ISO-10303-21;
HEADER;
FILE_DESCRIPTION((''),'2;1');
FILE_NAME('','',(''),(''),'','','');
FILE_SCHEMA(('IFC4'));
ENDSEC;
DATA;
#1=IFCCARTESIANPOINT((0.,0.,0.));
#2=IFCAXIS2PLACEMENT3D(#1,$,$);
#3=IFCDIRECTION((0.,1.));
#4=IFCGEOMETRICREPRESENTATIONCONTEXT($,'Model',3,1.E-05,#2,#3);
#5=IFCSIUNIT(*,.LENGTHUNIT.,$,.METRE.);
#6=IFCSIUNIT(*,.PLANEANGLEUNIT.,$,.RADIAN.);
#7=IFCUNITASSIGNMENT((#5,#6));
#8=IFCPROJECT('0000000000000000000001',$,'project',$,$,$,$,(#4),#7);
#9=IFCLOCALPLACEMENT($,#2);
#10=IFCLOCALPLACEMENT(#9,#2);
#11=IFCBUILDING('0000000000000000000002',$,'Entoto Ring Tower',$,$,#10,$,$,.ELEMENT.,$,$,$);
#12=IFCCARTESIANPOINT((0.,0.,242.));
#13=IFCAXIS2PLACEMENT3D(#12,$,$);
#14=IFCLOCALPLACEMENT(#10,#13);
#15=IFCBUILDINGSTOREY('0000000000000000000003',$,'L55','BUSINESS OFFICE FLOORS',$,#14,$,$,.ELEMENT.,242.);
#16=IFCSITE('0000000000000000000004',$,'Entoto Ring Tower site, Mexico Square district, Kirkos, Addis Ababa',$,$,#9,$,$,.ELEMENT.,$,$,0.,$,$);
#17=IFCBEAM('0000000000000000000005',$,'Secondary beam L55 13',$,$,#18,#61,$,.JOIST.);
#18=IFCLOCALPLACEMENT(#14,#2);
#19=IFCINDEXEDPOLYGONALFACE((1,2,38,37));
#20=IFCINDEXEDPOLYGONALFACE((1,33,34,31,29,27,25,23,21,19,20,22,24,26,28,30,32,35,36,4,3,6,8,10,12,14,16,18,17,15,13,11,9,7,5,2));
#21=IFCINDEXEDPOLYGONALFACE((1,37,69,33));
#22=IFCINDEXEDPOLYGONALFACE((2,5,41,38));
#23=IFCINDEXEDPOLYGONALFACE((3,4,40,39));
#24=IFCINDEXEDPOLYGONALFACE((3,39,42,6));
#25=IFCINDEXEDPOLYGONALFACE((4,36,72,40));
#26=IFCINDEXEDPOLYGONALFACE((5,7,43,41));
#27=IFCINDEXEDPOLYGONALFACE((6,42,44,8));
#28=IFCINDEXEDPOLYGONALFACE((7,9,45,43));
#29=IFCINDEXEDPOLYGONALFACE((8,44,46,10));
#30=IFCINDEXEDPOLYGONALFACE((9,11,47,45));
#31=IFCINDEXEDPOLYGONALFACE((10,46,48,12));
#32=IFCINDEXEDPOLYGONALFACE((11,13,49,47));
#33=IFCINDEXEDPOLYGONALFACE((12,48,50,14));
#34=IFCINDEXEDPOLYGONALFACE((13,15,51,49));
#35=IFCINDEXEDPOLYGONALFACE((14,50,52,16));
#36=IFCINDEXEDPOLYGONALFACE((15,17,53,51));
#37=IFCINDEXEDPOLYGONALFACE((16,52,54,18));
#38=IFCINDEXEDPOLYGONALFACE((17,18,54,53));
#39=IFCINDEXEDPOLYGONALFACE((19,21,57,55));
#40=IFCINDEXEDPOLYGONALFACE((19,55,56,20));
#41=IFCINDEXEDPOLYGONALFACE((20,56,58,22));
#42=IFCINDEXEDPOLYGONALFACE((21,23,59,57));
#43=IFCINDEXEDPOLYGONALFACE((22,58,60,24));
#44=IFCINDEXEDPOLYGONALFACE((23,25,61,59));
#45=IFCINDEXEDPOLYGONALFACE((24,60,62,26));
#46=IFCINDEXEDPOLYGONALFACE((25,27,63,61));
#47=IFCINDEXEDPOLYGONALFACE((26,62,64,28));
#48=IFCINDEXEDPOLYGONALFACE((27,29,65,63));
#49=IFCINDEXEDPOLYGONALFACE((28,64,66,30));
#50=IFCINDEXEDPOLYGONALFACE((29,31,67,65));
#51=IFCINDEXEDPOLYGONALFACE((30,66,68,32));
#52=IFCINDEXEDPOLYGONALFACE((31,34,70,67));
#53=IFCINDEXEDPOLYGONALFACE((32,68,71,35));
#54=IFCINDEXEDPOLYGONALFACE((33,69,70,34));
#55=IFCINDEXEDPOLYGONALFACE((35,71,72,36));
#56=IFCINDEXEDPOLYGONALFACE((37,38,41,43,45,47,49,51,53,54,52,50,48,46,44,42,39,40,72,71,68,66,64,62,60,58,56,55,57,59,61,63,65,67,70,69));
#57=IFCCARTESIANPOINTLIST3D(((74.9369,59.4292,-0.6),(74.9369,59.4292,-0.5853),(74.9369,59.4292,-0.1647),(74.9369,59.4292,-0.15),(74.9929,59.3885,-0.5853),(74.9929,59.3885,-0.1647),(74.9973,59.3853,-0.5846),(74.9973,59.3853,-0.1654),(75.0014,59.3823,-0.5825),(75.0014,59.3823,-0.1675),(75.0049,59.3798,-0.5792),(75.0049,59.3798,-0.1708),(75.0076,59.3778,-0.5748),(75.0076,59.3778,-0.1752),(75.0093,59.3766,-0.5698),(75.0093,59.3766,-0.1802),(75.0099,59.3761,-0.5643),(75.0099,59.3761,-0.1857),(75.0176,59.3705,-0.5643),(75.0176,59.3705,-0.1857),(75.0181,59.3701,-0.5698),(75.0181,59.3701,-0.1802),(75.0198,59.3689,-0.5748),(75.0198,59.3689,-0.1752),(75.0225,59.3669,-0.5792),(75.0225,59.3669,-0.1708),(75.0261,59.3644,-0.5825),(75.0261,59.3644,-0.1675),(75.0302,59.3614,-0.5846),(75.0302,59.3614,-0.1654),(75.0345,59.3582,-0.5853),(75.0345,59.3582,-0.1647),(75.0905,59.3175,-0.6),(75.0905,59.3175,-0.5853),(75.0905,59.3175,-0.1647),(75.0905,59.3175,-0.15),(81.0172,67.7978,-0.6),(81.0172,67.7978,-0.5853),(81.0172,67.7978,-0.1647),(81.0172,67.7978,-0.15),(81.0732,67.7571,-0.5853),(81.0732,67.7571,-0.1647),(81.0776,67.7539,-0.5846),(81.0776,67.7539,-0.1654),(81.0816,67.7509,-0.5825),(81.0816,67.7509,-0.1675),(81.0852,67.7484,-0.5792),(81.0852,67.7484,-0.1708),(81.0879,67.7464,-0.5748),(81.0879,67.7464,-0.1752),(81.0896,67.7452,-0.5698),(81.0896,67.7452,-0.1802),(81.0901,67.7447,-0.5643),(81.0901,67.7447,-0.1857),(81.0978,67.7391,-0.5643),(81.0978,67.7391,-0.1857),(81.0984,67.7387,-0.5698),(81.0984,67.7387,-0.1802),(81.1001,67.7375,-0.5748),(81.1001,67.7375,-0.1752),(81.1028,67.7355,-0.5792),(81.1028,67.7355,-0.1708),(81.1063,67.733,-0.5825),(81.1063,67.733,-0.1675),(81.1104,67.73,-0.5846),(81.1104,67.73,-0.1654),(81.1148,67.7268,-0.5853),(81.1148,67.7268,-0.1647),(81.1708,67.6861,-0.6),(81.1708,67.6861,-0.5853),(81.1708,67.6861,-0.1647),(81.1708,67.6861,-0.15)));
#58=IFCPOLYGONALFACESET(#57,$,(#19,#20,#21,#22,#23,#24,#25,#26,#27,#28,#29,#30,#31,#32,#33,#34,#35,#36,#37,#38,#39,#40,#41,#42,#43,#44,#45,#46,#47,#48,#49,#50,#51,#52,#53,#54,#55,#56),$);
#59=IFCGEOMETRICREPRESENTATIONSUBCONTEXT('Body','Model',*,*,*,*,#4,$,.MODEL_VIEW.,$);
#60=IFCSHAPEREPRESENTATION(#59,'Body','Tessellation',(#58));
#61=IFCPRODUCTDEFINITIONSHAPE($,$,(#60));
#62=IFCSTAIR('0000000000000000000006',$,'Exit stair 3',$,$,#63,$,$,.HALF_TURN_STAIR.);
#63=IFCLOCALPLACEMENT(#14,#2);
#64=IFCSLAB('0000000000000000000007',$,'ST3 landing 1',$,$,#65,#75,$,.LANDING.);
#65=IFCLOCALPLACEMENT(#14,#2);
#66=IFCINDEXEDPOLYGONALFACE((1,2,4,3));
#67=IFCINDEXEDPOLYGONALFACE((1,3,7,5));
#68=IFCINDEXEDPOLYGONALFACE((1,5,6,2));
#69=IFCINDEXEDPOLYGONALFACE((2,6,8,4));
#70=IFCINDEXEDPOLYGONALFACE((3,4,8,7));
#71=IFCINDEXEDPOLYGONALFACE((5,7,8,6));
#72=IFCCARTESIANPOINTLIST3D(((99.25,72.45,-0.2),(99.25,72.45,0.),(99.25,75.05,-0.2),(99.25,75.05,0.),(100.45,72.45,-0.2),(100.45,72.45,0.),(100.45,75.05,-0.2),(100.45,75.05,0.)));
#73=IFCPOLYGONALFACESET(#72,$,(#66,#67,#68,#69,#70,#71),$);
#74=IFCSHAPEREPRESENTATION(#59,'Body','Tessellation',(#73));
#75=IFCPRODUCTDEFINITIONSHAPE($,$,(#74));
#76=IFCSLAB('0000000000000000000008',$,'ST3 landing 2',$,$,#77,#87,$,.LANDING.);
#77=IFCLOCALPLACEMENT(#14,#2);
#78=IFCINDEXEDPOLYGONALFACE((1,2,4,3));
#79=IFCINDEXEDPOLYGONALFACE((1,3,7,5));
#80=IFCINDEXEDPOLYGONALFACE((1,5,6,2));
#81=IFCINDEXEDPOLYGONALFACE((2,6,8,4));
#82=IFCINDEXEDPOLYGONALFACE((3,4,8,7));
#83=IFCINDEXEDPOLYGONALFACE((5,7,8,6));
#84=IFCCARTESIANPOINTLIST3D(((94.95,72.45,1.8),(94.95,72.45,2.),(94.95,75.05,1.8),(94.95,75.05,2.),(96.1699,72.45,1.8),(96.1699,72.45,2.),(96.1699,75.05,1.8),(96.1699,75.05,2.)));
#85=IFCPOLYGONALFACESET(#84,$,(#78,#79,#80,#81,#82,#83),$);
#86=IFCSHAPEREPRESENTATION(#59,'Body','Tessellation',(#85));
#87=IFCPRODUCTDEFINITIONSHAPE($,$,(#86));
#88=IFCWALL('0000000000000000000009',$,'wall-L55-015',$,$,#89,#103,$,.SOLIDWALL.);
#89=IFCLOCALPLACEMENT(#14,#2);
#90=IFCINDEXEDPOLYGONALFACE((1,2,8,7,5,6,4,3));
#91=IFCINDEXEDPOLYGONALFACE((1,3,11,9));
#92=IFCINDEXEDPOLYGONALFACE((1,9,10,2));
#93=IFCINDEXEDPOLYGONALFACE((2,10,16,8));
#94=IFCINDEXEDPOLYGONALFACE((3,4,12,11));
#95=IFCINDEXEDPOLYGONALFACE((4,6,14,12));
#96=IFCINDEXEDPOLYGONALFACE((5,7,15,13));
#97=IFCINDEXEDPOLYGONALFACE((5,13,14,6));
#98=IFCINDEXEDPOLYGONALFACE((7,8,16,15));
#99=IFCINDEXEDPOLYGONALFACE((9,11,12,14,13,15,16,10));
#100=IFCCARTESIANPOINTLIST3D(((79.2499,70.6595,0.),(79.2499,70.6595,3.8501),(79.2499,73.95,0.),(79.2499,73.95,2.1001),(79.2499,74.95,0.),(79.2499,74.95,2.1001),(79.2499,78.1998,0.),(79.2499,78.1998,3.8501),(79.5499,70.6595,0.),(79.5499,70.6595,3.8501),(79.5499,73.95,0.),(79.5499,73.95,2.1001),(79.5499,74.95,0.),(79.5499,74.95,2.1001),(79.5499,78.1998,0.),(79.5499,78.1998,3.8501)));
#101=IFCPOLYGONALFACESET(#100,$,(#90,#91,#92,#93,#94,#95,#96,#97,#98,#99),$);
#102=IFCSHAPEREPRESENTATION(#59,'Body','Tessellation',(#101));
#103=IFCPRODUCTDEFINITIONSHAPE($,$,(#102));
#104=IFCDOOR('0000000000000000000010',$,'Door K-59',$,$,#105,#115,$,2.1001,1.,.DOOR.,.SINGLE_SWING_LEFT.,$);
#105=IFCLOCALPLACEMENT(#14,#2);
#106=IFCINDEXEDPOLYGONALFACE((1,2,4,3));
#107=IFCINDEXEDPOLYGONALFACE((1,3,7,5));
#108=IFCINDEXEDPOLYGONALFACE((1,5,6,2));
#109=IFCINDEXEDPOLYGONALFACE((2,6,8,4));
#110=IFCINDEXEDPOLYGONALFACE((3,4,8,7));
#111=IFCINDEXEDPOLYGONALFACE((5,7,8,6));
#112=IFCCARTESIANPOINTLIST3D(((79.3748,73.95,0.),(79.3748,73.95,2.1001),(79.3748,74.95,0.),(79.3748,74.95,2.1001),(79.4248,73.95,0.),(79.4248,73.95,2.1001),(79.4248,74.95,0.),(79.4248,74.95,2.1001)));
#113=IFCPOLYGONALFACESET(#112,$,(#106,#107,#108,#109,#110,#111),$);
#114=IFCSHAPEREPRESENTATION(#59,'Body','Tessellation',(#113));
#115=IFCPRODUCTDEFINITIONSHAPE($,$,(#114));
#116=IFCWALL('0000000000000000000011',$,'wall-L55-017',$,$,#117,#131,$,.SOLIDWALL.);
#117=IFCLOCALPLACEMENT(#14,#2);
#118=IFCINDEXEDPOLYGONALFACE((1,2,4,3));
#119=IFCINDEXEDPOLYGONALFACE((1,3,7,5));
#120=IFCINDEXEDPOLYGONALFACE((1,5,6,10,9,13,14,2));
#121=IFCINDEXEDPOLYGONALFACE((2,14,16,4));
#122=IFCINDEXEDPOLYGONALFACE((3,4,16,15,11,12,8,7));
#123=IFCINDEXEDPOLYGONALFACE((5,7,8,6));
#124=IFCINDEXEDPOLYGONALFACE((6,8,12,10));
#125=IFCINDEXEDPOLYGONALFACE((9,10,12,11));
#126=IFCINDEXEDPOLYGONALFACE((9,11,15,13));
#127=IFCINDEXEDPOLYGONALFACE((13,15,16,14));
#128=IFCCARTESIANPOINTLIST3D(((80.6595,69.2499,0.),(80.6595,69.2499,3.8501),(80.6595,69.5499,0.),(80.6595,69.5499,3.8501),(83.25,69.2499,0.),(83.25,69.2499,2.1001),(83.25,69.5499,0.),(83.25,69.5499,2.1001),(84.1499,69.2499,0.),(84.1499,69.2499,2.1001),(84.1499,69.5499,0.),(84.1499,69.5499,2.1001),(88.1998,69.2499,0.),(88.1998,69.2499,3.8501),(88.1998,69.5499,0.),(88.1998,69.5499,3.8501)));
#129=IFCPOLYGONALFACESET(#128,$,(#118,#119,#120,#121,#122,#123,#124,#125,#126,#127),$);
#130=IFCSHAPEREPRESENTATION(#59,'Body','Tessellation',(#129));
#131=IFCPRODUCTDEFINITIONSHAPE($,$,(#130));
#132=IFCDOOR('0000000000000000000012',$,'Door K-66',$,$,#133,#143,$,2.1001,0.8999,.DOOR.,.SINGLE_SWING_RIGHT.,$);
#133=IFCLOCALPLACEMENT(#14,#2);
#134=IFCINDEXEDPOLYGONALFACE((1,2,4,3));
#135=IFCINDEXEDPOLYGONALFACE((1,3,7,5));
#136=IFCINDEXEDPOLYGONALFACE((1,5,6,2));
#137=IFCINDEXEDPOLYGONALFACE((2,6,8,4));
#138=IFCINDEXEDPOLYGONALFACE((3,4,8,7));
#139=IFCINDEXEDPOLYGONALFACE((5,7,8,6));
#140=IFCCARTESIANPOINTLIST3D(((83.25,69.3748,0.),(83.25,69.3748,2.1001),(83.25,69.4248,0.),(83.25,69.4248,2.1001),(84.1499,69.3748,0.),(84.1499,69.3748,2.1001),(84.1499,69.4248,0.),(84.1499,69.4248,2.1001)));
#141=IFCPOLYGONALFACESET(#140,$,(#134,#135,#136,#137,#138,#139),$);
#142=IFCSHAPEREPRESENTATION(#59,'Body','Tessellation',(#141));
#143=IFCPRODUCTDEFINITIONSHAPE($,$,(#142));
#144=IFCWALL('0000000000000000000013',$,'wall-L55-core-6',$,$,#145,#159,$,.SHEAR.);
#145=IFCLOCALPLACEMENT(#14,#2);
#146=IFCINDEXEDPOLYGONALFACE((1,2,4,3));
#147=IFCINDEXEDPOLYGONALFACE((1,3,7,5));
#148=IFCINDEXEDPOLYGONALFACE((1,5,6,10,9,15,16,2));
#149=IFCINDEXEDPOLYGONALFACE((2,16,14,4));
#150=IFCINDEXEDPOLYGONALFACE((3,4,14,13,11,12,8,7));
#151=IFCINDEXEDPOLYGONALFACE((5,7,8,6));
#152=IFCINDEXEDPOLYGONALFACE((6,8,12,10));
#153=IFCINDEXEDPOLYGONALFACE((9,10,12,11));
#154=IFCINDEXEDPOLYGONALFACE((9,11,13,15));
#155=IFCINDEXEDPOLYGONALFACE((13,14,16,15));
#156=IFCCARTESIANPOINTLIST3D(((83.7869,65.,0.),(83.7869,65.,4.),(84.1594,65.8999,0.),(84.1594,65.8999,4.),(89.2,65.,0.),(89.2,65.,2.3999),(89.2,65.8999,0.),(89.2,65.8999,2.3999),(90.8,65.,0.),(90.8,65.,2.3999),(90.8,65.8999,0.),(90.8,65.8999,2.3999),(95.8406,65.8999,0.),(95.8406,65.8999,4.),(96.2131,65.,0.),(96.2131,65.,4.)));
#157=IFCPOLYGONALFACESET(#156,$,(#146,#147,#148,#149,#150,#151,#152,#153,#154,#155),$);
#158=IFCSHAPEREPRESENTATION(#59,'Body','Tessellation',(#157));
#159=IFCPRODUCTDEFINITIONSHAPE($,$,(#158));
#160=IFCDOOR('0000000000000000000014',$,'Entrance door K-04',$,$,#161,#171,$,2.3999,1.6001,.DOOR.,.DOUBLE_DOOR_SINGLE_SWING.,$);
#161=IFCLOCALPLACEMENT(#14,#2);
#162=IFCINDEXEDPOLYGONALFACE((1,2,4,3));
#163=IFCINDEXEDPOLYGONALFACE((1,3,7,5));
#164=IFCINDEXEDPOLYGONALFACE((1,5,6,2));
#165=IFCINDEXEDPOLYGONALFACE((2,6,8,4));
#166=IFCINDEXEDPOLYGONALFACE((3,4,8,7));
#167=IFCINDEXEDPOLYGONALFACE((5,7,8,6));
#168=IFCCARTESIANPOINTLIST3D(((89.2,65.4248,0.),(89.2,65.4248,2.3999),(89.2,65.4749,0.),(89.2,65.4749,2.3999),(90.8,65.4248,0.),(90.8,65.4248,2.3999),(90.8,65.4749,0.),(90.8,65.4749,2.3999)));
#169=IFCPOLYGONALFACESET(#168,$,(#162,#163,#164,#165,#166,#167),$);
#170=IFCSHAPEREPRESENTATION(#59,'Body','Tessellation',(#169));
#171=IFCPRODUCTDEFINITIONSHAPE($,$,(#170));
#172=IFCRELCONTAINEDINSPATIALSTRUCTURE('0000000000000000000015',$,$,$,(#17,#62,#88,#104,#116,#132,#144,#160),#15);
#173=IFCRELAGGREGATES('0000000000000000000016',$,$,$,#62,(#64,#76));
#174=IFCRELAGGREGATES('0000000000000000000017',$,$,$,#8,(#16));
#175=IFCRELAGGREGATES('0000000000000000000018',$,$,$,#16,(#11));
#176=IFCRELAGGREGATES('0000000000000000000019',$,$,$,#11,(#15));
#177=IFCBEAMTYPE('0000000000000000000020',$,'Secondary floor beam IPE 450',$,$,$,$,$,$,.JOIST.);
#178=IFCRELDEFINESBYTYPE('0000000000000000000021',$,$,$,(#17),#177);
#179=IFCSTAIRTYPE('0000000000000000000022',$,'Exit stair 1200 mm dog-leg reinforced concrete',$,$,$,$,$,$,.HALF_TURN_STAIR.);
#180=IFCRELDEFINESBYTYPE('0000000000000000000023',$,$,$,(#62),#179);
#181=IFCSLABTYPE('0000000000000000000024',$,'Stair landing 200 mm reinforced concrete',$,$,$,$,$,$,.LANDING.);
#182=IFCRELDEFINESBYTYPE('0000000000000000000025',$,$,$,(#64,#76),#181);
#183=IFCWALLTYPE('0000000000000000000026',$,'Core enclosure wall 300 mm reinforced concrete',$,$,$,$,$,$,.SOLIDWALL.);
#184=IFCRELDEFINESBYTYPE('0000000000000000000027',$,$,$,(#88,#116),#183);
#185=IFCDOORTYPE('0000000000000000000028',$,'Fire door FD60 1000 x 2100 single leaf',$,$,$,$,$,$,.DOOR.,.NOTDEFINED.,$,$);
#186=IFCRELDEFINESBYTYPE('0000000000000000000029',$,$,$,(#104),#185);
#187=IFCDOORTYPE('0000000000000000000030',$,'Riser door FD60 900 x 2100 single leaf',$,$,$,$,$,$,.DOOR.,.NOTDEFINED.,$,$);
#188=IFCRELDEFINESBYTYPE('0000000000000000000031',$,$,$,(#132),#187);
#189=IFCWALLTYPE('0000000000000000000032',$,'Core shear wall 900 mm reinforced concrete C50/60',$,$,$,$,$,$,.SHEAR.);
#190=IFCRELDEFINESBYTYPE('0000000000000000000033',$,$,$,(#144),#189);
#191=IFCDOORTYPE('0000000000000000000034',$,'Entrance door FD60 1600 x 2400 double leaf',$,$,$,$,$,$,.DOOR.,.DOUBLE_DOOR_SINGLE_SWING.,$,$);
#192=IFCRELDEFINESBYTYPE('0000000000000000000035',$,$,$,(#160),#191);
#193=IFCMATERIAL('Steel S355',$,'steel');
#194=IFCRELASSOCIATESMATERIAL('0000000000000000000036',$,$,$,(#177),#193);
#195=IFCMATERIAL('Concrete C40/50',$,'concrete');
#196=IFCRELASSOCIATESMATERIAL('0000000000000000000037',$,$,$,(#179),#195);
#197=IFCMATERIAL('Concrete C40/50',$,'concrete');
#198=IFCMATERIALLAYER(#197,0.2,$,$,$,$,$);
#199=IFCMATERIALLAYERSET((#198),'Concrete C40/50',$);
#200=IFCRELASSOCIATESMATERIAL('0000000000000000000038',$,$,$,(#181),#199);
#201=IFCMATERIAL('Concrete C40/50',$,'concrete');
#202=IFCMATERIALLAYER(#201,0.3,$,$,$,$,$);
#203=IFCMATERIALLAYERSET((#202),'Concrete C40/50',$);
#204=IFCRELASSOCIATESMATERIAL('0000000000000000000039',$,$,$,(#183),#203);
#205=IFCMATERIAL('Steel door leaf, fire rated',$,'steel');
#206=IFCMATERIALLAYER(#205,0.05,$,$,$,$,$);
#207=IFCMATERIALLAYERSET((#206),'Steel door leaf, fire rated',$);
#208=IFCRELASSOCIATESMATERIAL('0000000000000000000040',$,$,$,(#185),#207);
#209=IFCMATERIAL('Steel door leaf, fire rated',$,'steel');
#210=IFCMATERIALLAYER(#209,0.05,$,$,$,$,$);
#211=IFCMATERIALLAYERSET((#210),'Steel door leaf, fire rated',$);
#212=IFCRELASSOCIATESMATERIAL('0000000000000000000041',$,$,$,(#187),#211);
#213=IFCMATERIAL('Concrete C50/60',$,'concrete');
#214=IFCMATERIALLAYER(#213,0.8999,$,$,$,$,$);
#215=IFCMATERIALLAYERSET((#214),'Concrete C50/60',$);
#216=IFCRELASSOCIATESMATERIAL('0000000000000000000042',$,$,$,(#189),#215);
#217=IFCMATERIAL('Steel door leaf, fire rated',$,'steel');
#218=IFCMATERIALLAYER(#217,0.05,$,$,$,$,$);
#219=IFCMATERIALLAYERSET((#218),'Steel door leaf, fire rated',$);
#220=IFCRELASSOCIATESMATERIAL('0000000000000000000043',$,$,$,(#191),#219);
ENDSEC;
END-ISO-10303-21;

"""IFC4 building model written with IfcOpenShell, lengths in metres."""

from ifc_helpers import new_model, si_unit, direction, frame, frame_2d, origin, origin_2d, place, context, subcontext, project, spatial, polyline, rectangle, i_section, outline, extrude, material, layer, layer_set, material_profile, profile_set, type_object, element, fill, aggregate, save


model = new_model("IFC4")

# Units and contexts
model_context = context("Model", 3, precision=1e-05, world=origin(), true_north=direction((0.0, 1.0)))
body_context = subcontext(model_context, "Body", "Model", "MODEL_VIEW")
ifc_project = project(units=[si_unit("LENGTHUNIT", "METRE"), si_unit("PLANEANGLEUNIT", "RADIAN")], contexts=[model_context])

# Site, building, storey
site_placement = place(None, origin())
site = spatial("IfcSite", under=ifc_project, at=site_placement, Name="Entoto Ring Tower site, Mexico Square district, Kirkos, Addis Ababa", CompositionType="ELEMENT", RefElevation=0.0)
building_placement = place(site_placement, origin())
building = spatial("IfcBuilding", under=site, at=building_placement, Name="Entoto Ring Tower", CompositionType="ELEMENT")
storey_placement = place(building_placement, frame((0.0, 0.0, 242.0)))
storey = spatial("IfcBuildingStorey", under=building, at=storey_placement, Name="L55", Description="BUSINESS OFFICE FLOORS", CompositionType="ELEMENT", Elevation=242.0)

# Beam
ifc_material_1 = material(Name="Steel S355", Category="steel")
ifc_material_profile_1 = material_profile(ifc_material_1, i_section(OverallWidth=0.1899, OverallDepth=0.45, WebThickness=0.0095, FlangeThickness=0.0146, FilletRadius=0.021, at=origin_2d()), Name="IPE 450")
ifc_profile_set_1 = profile_set([ifc_material_profile_1], Name="Steel S355")
beam_type_1 = type_object("IfcBeamType", Name="Secondary floor beam IPE 450", PredefinedType="JOIST", material=ifc_profile_set_1)
for number, where, z_axis, x_axis, name in (
    (1, (81.094, 67.7419, -0.375), (-0.587794, -0.809011, 0.0), (0.809011, -0.587794, 0.0), "Secondary beam L55 13"),
):
    element("IfcBeam", number, at=place(storey_placement, frame(where, z_axis=z_axis, x_axis=x_axis)), inside=storey, type_object=beam_type_1, Name=name, PredefinedType="JOIST", context=body_context, shape_type="SweptSolid", body=[
        extrude(i_section(OverallWidth=0.1899, OverallDepth=0.45, WebThickness=0.0095, FlangeThickness=0.0146, FilletRadius=0.021, at=origin_2d()), origin(), (0.0, 0.0, 1.0), 10.3442),
    ])

# Stair, slabs
ifc_material_2 = material(Name="Concrete C40/50", Category="concrete")
stair_type = type_object("IfcStairType", Name="Exit stair 1200 mm dog-leg reinforced concrete", PredefinedType="HALF_TURN_STAIR", material=ifc_material_2)
stair_placement = place(storey_placement, origin())
stair = element("IfcStair", 2, at=stair_placement, inside=storey, type_object=stair_type, Name="Exit stair 3", PredefinedType="HALF_TURN_STAIR")
ifc_material_3 = material(Name="Concrete C40/50", Category="concrete")
ifc_layer_1 = layer(ifc_material_3, 0.2)
ifc_layer_set_1 = layer_set([ifc_layer_1], Name="Concrete C40/50")
slab_type_1 = type_object("IfcSlabType", Name="Stair landing 200 mm reinforced concrete", PredefinedType="LANDING", material=ifc_layer_set_1)
slab_1_placement = place(storey_placement, frame((0.0, 0.0, -0.2)))
slab_1 = element("IfcSlab", 3, at=slab_1_placement, type_object=slab_type_1, Name="ST3 landing 1", PredefinedType="LANDING", context=body_context, shape_type="SweptSolid", body=[
    extrude(outline(polyline([(100.45, 72.45), (100.45, 75.05), (99.25, 75.05), (99.25, 72.45), (100.45, 72.45)])), origin(), (0.0, 0.0, 1.0), 0.2),
])
slab_2_placement = place(storey_placement, frame((0.0, 0.0, 1.8)))
slab_2 = element("IfcSlab", 4, at=slab_2_placement, type_object=slab_type_1, Name="ST3 landing 2", PredefinedType="LANDING", context=body_context, shape_type="SweptSolid", body=[
    extrude(outline(polyline([(94.95, 72.45), (96.1699, 72.45), (96.1699, 75.05), (94.95, 75.05), (94.95, 72.45)])), origin(), (0.0, 0.0, 1.0), 0.2),
])
aggregate(stair, [slab_1, slab_2])

# Walls, openings, doors
ifc_material_4 = material(Name="Concrete C40/50", Category="concrete")
ifc_layer_2 = layer(ifc_material_4, 0.3)
ifc_layer_set_2 = layer_set([ifc_layer_2], Name="Concrete C40/50")
wall_type_1 = type_object("IfcWallType", Name="Core enclosure wall 300 mm reinforced concrete", PredefinedType="SOLIDWALL", material=ifc_layer_set_2)
wall_1_placement = place(storey_placement, frame((79.3999, 70.6597, 0.0), z_axis=(0.0, 0.0, 1.0), x_axis=(0.0, 1.0, 0.0)))
wall_1 = element("IfcWall", 5, at=wall_1_placement, inside=storey, type_object=wall_type_1, Name="wall-L55-015", PredefinedType="SOLIDWALL", context=body_context, shape_type="SweptSolid", body=[
    extrude(rectangle(XDim=7.5403, YDim=0.3, at=frame_2d((3.77, 0.0))), origin(), (0.0, 0.0, 1.0), 3.8501),
])
opening_1_placement = place(wall_1_placement, frame((3.2903, 0.0, 0.0)))
opening_1 = element("IfcOpeningElement", 6, at=opening_1_placement, cuts=wall_1, PredefinedType="OPENING", context=body_context, shape_type="SweptSolid", body=[
    extrude(rectangle(XDim=1.0, YDim=2.1001, at=frame_2d((0.5, 1.05))), frame((0.0, 0.1602, 0.0), z_axis=(0.0, -1.0, 0.0), x_axis=(1.0, 0.0, 0.0)), (0.0, 0.0, 1.0), 0.3201),
])
ifc_material_5 = material(Name="Steel door leaf, fire rated", Category="steel")
ifc_layer_3 = layer(ifc_material_5, 0.05)
ifc_layer_set_3 = layer_set([ifc_layer_3], Name="Steel door leaf, fire rated")
door_type_1 = type_object("IfcDoorType", Name="Fire door FD60 1000 x 2100 single leaf", OperationType="NOTDEFINED", PredefinedType="DOOR", material=ifc_layer_set_3)
door_1_placement = place(opening_1_placement, frame((1.0, 0.0, 0.0), z_axis=(0.0, 0.0, 1.0), x_axis=(-1.0, 0.0, 0.0)))
door_1 = element("IfcDoor", 7, at=door_1_placement, inside=storey, type_object=door_type_1, Name="Door K-59", OperationType="SINGLE_SWING_LEFT", OverallHeight=2.1001, OverallWidth=1.0, PredefinedType="DOOR", context=body_context, shape_type="SweptSolid", body=[
    extrude(rectangle(XDim=1.0, YDim=2.1001, at=frame_2d((0.5, 1.05))), frame((0.0, 0.0249, 0.0), z_axis=(0.0, -1.0, 0.0), x_axis=(1.0, 0.0, 0.0)), (0.0, 0.0, 1.0), 0.05),
])
fill(opening_1, door_1)
wall_2_placement = place(storey_placement, frame((80.6597, 69.3999, 0.0), z_axis=(0.0, 0.0, 1.0), x_axis=(1.0, 0.0, 0.0)))
wall_2 = element("IfcWall", 8, at=wall_2_placement, inside=storey, type_object=wall_type_1, Name="wall-L55-017", PredefinedType="SOLIDWALL", context=body_context, shape_type="SweptSolid", body=[
    extrude(rectangle(XDim=7.5403, YDim=0.3, at=frame_2d((3.77, 0.0))), origin(), (0.0, 0.0, 1.0), 3.8501),
])
opening_2_placement = place(wall_2_placement, frame((2.5903, 0.0, 0.0)))
opening_2 = element("IfcOpeningElement", 9, at=opening_2_placement, cuts=wall_2, PredefinedType="OPENING", context=body_context, shape_type="SweptSolid", body=[
    extrude(rectangle(XDim=0.8999, YDim=2.1001, at=frame_2d((0.45, 1.05))), frame((0.0, 0.1602, 0.0), z_axis=(0.0, -1.0, 0.0), x_axis=(1.0, 0.0, 0.0)), (0.0, 0.0, 1.0), 0.3201),
])
ifc_material_6 = material(Name="Steel door leaf, fire rated", Category="steel")
ifc_layer_4 = layer(ifc_material_6, 0.05)
ifc_layer_set_4 = layer_set([ifc_layer_4], Name="Steel door leaf, fire rated")
door_type_2 = type_object("IfcDoorType", Name="Riser door FD60 900 x 2100 single leaf", OperationType="NOTDEFINED", PredefinedType="DOOR", material=ifc_layer_set_4)
door_2_placement = place(opening_2_placement, origin())
door_2 = element("IfcDoor", 10, at=door_2_placement, inside=storey, type_object=door_type_2, Name="Door K-66", OperationType="SINGLE_SWING_RIGHT", OverallHeight=2.1001, OverallWidth=0.8999, PredefinedType="DOOR", context=body_context, shape_type="SweptSolid", body=[
    extrude(rectangle(XDim=0.8999, YDim=2.1001, at=frame_2d((0.45, 1.05))), frame((0.0, 0.0249, 0.0), z_axis=(0.0, -1.0, 0.0), x_axis=(1.0, 0.0, 0.0)), (0.0, 0.0, 1.0), 0.05),
])
fill(opening_2, door_2)
ifc_material_7 = material(Name="Concrete C50/60", Category="concrete")
ifc_layer_5 = layer(ifc_material_7, 0.8999)
ifc_layer_set_5 = layer_set([ifc_layer_5], Name="Concrete C50/60")
wall_type_2 = type_object("IfcWallType", Name="Core shear wall 900 mm reinforced concrete C50/60", PredefinedType="SHEAR", material=ifc_layer_set_5)
wall_3_placement = place(storey_placement, frame((83.9731, 65.45, 0.0), z_axis=(0.0, 0.0, 1.0), x_axis=(1.0, 0.0, 0.0)))
wall_3 = element("IfcWall", 11, at=wall_3_placement, inside=storey, type_object=wall_type_2, Name="wall-L55-core-6", PredefinedType="SHEAR", context=body_context, shape_type="SweptSolid", body=[
    extrude(outline(polyline([(-0.1863, -0.45), (12.24, -0.45), (11.8674, 0.45), (0.1863, 0.45), (-0.1863, -0.45)])), origin(), (0.0, 0.0, 1.0), 4.0),
])
opening_3_placement = place(wall_3_placement, frame((5.2268, 0.0, 0.0)))
opening_3 = element("IfcOpeningElement", 12, at=opening_3_placement, cuts=wall_3, PredefinedType="OPENING", context=body_context, shape_type="SweptSolid", body=[
    extrude(rectangle(XDim=1.6001, YDim=2.3999, at=frame_2d((0.8, 1.2))), frame((0.0, 0.46, 0.0), z_axis=(0.0, -1.0, 0.0), x_axis=(1.0, 0.0, 0.0)), (0.0, 0.0, 1.0), 0.9199),
])
ifc_material_8 = material(Name="Steel door leaf, fire rated", Category="steel")
ifc_layer_6 = layer(ifc_material_8, 0.05)
ifc_layer_set_6 = layer_set([ifc_layer_6], Name="Steel door leaf, fire rated")
door_type_3 = type_object("IfcDoorType", Name="Entrance door FD60 1600 x 2400 double leaf", OperationType="DOUBLE_DOOR_SINGLE_SWING", PredefinedType="DOOR", material=ifc_layer_set_6)
door_3_placement = place(opening_3_placement, origin())
door_3 = element("IfcDoor", 13, at=door_3_placement, inside=storey, type_object=door_type_3, Name="Entrance door K-04", OperationType="DOUBLE_DOOR_SINGLE_SWING", OverallHeight=2.3999, OverallWidth=1.6001, PredefinedType="DOOR", context=body_context, shape_type="SweptSolid", body=[
    extrude(rectangle(XDim=1.6001, YDim=2.3999, at=frame_2d((0.8, 1.2))), frame((0.0, 0.0249, 0.0), z_axis=(0.0, -1.0, 0.0), x_axis=(1.0, 0.0, 0.0)), (0.0, 0.0, 1.0), 0.05),
])
fill(opening_3, door_3)

save(model, "model.ifc")
